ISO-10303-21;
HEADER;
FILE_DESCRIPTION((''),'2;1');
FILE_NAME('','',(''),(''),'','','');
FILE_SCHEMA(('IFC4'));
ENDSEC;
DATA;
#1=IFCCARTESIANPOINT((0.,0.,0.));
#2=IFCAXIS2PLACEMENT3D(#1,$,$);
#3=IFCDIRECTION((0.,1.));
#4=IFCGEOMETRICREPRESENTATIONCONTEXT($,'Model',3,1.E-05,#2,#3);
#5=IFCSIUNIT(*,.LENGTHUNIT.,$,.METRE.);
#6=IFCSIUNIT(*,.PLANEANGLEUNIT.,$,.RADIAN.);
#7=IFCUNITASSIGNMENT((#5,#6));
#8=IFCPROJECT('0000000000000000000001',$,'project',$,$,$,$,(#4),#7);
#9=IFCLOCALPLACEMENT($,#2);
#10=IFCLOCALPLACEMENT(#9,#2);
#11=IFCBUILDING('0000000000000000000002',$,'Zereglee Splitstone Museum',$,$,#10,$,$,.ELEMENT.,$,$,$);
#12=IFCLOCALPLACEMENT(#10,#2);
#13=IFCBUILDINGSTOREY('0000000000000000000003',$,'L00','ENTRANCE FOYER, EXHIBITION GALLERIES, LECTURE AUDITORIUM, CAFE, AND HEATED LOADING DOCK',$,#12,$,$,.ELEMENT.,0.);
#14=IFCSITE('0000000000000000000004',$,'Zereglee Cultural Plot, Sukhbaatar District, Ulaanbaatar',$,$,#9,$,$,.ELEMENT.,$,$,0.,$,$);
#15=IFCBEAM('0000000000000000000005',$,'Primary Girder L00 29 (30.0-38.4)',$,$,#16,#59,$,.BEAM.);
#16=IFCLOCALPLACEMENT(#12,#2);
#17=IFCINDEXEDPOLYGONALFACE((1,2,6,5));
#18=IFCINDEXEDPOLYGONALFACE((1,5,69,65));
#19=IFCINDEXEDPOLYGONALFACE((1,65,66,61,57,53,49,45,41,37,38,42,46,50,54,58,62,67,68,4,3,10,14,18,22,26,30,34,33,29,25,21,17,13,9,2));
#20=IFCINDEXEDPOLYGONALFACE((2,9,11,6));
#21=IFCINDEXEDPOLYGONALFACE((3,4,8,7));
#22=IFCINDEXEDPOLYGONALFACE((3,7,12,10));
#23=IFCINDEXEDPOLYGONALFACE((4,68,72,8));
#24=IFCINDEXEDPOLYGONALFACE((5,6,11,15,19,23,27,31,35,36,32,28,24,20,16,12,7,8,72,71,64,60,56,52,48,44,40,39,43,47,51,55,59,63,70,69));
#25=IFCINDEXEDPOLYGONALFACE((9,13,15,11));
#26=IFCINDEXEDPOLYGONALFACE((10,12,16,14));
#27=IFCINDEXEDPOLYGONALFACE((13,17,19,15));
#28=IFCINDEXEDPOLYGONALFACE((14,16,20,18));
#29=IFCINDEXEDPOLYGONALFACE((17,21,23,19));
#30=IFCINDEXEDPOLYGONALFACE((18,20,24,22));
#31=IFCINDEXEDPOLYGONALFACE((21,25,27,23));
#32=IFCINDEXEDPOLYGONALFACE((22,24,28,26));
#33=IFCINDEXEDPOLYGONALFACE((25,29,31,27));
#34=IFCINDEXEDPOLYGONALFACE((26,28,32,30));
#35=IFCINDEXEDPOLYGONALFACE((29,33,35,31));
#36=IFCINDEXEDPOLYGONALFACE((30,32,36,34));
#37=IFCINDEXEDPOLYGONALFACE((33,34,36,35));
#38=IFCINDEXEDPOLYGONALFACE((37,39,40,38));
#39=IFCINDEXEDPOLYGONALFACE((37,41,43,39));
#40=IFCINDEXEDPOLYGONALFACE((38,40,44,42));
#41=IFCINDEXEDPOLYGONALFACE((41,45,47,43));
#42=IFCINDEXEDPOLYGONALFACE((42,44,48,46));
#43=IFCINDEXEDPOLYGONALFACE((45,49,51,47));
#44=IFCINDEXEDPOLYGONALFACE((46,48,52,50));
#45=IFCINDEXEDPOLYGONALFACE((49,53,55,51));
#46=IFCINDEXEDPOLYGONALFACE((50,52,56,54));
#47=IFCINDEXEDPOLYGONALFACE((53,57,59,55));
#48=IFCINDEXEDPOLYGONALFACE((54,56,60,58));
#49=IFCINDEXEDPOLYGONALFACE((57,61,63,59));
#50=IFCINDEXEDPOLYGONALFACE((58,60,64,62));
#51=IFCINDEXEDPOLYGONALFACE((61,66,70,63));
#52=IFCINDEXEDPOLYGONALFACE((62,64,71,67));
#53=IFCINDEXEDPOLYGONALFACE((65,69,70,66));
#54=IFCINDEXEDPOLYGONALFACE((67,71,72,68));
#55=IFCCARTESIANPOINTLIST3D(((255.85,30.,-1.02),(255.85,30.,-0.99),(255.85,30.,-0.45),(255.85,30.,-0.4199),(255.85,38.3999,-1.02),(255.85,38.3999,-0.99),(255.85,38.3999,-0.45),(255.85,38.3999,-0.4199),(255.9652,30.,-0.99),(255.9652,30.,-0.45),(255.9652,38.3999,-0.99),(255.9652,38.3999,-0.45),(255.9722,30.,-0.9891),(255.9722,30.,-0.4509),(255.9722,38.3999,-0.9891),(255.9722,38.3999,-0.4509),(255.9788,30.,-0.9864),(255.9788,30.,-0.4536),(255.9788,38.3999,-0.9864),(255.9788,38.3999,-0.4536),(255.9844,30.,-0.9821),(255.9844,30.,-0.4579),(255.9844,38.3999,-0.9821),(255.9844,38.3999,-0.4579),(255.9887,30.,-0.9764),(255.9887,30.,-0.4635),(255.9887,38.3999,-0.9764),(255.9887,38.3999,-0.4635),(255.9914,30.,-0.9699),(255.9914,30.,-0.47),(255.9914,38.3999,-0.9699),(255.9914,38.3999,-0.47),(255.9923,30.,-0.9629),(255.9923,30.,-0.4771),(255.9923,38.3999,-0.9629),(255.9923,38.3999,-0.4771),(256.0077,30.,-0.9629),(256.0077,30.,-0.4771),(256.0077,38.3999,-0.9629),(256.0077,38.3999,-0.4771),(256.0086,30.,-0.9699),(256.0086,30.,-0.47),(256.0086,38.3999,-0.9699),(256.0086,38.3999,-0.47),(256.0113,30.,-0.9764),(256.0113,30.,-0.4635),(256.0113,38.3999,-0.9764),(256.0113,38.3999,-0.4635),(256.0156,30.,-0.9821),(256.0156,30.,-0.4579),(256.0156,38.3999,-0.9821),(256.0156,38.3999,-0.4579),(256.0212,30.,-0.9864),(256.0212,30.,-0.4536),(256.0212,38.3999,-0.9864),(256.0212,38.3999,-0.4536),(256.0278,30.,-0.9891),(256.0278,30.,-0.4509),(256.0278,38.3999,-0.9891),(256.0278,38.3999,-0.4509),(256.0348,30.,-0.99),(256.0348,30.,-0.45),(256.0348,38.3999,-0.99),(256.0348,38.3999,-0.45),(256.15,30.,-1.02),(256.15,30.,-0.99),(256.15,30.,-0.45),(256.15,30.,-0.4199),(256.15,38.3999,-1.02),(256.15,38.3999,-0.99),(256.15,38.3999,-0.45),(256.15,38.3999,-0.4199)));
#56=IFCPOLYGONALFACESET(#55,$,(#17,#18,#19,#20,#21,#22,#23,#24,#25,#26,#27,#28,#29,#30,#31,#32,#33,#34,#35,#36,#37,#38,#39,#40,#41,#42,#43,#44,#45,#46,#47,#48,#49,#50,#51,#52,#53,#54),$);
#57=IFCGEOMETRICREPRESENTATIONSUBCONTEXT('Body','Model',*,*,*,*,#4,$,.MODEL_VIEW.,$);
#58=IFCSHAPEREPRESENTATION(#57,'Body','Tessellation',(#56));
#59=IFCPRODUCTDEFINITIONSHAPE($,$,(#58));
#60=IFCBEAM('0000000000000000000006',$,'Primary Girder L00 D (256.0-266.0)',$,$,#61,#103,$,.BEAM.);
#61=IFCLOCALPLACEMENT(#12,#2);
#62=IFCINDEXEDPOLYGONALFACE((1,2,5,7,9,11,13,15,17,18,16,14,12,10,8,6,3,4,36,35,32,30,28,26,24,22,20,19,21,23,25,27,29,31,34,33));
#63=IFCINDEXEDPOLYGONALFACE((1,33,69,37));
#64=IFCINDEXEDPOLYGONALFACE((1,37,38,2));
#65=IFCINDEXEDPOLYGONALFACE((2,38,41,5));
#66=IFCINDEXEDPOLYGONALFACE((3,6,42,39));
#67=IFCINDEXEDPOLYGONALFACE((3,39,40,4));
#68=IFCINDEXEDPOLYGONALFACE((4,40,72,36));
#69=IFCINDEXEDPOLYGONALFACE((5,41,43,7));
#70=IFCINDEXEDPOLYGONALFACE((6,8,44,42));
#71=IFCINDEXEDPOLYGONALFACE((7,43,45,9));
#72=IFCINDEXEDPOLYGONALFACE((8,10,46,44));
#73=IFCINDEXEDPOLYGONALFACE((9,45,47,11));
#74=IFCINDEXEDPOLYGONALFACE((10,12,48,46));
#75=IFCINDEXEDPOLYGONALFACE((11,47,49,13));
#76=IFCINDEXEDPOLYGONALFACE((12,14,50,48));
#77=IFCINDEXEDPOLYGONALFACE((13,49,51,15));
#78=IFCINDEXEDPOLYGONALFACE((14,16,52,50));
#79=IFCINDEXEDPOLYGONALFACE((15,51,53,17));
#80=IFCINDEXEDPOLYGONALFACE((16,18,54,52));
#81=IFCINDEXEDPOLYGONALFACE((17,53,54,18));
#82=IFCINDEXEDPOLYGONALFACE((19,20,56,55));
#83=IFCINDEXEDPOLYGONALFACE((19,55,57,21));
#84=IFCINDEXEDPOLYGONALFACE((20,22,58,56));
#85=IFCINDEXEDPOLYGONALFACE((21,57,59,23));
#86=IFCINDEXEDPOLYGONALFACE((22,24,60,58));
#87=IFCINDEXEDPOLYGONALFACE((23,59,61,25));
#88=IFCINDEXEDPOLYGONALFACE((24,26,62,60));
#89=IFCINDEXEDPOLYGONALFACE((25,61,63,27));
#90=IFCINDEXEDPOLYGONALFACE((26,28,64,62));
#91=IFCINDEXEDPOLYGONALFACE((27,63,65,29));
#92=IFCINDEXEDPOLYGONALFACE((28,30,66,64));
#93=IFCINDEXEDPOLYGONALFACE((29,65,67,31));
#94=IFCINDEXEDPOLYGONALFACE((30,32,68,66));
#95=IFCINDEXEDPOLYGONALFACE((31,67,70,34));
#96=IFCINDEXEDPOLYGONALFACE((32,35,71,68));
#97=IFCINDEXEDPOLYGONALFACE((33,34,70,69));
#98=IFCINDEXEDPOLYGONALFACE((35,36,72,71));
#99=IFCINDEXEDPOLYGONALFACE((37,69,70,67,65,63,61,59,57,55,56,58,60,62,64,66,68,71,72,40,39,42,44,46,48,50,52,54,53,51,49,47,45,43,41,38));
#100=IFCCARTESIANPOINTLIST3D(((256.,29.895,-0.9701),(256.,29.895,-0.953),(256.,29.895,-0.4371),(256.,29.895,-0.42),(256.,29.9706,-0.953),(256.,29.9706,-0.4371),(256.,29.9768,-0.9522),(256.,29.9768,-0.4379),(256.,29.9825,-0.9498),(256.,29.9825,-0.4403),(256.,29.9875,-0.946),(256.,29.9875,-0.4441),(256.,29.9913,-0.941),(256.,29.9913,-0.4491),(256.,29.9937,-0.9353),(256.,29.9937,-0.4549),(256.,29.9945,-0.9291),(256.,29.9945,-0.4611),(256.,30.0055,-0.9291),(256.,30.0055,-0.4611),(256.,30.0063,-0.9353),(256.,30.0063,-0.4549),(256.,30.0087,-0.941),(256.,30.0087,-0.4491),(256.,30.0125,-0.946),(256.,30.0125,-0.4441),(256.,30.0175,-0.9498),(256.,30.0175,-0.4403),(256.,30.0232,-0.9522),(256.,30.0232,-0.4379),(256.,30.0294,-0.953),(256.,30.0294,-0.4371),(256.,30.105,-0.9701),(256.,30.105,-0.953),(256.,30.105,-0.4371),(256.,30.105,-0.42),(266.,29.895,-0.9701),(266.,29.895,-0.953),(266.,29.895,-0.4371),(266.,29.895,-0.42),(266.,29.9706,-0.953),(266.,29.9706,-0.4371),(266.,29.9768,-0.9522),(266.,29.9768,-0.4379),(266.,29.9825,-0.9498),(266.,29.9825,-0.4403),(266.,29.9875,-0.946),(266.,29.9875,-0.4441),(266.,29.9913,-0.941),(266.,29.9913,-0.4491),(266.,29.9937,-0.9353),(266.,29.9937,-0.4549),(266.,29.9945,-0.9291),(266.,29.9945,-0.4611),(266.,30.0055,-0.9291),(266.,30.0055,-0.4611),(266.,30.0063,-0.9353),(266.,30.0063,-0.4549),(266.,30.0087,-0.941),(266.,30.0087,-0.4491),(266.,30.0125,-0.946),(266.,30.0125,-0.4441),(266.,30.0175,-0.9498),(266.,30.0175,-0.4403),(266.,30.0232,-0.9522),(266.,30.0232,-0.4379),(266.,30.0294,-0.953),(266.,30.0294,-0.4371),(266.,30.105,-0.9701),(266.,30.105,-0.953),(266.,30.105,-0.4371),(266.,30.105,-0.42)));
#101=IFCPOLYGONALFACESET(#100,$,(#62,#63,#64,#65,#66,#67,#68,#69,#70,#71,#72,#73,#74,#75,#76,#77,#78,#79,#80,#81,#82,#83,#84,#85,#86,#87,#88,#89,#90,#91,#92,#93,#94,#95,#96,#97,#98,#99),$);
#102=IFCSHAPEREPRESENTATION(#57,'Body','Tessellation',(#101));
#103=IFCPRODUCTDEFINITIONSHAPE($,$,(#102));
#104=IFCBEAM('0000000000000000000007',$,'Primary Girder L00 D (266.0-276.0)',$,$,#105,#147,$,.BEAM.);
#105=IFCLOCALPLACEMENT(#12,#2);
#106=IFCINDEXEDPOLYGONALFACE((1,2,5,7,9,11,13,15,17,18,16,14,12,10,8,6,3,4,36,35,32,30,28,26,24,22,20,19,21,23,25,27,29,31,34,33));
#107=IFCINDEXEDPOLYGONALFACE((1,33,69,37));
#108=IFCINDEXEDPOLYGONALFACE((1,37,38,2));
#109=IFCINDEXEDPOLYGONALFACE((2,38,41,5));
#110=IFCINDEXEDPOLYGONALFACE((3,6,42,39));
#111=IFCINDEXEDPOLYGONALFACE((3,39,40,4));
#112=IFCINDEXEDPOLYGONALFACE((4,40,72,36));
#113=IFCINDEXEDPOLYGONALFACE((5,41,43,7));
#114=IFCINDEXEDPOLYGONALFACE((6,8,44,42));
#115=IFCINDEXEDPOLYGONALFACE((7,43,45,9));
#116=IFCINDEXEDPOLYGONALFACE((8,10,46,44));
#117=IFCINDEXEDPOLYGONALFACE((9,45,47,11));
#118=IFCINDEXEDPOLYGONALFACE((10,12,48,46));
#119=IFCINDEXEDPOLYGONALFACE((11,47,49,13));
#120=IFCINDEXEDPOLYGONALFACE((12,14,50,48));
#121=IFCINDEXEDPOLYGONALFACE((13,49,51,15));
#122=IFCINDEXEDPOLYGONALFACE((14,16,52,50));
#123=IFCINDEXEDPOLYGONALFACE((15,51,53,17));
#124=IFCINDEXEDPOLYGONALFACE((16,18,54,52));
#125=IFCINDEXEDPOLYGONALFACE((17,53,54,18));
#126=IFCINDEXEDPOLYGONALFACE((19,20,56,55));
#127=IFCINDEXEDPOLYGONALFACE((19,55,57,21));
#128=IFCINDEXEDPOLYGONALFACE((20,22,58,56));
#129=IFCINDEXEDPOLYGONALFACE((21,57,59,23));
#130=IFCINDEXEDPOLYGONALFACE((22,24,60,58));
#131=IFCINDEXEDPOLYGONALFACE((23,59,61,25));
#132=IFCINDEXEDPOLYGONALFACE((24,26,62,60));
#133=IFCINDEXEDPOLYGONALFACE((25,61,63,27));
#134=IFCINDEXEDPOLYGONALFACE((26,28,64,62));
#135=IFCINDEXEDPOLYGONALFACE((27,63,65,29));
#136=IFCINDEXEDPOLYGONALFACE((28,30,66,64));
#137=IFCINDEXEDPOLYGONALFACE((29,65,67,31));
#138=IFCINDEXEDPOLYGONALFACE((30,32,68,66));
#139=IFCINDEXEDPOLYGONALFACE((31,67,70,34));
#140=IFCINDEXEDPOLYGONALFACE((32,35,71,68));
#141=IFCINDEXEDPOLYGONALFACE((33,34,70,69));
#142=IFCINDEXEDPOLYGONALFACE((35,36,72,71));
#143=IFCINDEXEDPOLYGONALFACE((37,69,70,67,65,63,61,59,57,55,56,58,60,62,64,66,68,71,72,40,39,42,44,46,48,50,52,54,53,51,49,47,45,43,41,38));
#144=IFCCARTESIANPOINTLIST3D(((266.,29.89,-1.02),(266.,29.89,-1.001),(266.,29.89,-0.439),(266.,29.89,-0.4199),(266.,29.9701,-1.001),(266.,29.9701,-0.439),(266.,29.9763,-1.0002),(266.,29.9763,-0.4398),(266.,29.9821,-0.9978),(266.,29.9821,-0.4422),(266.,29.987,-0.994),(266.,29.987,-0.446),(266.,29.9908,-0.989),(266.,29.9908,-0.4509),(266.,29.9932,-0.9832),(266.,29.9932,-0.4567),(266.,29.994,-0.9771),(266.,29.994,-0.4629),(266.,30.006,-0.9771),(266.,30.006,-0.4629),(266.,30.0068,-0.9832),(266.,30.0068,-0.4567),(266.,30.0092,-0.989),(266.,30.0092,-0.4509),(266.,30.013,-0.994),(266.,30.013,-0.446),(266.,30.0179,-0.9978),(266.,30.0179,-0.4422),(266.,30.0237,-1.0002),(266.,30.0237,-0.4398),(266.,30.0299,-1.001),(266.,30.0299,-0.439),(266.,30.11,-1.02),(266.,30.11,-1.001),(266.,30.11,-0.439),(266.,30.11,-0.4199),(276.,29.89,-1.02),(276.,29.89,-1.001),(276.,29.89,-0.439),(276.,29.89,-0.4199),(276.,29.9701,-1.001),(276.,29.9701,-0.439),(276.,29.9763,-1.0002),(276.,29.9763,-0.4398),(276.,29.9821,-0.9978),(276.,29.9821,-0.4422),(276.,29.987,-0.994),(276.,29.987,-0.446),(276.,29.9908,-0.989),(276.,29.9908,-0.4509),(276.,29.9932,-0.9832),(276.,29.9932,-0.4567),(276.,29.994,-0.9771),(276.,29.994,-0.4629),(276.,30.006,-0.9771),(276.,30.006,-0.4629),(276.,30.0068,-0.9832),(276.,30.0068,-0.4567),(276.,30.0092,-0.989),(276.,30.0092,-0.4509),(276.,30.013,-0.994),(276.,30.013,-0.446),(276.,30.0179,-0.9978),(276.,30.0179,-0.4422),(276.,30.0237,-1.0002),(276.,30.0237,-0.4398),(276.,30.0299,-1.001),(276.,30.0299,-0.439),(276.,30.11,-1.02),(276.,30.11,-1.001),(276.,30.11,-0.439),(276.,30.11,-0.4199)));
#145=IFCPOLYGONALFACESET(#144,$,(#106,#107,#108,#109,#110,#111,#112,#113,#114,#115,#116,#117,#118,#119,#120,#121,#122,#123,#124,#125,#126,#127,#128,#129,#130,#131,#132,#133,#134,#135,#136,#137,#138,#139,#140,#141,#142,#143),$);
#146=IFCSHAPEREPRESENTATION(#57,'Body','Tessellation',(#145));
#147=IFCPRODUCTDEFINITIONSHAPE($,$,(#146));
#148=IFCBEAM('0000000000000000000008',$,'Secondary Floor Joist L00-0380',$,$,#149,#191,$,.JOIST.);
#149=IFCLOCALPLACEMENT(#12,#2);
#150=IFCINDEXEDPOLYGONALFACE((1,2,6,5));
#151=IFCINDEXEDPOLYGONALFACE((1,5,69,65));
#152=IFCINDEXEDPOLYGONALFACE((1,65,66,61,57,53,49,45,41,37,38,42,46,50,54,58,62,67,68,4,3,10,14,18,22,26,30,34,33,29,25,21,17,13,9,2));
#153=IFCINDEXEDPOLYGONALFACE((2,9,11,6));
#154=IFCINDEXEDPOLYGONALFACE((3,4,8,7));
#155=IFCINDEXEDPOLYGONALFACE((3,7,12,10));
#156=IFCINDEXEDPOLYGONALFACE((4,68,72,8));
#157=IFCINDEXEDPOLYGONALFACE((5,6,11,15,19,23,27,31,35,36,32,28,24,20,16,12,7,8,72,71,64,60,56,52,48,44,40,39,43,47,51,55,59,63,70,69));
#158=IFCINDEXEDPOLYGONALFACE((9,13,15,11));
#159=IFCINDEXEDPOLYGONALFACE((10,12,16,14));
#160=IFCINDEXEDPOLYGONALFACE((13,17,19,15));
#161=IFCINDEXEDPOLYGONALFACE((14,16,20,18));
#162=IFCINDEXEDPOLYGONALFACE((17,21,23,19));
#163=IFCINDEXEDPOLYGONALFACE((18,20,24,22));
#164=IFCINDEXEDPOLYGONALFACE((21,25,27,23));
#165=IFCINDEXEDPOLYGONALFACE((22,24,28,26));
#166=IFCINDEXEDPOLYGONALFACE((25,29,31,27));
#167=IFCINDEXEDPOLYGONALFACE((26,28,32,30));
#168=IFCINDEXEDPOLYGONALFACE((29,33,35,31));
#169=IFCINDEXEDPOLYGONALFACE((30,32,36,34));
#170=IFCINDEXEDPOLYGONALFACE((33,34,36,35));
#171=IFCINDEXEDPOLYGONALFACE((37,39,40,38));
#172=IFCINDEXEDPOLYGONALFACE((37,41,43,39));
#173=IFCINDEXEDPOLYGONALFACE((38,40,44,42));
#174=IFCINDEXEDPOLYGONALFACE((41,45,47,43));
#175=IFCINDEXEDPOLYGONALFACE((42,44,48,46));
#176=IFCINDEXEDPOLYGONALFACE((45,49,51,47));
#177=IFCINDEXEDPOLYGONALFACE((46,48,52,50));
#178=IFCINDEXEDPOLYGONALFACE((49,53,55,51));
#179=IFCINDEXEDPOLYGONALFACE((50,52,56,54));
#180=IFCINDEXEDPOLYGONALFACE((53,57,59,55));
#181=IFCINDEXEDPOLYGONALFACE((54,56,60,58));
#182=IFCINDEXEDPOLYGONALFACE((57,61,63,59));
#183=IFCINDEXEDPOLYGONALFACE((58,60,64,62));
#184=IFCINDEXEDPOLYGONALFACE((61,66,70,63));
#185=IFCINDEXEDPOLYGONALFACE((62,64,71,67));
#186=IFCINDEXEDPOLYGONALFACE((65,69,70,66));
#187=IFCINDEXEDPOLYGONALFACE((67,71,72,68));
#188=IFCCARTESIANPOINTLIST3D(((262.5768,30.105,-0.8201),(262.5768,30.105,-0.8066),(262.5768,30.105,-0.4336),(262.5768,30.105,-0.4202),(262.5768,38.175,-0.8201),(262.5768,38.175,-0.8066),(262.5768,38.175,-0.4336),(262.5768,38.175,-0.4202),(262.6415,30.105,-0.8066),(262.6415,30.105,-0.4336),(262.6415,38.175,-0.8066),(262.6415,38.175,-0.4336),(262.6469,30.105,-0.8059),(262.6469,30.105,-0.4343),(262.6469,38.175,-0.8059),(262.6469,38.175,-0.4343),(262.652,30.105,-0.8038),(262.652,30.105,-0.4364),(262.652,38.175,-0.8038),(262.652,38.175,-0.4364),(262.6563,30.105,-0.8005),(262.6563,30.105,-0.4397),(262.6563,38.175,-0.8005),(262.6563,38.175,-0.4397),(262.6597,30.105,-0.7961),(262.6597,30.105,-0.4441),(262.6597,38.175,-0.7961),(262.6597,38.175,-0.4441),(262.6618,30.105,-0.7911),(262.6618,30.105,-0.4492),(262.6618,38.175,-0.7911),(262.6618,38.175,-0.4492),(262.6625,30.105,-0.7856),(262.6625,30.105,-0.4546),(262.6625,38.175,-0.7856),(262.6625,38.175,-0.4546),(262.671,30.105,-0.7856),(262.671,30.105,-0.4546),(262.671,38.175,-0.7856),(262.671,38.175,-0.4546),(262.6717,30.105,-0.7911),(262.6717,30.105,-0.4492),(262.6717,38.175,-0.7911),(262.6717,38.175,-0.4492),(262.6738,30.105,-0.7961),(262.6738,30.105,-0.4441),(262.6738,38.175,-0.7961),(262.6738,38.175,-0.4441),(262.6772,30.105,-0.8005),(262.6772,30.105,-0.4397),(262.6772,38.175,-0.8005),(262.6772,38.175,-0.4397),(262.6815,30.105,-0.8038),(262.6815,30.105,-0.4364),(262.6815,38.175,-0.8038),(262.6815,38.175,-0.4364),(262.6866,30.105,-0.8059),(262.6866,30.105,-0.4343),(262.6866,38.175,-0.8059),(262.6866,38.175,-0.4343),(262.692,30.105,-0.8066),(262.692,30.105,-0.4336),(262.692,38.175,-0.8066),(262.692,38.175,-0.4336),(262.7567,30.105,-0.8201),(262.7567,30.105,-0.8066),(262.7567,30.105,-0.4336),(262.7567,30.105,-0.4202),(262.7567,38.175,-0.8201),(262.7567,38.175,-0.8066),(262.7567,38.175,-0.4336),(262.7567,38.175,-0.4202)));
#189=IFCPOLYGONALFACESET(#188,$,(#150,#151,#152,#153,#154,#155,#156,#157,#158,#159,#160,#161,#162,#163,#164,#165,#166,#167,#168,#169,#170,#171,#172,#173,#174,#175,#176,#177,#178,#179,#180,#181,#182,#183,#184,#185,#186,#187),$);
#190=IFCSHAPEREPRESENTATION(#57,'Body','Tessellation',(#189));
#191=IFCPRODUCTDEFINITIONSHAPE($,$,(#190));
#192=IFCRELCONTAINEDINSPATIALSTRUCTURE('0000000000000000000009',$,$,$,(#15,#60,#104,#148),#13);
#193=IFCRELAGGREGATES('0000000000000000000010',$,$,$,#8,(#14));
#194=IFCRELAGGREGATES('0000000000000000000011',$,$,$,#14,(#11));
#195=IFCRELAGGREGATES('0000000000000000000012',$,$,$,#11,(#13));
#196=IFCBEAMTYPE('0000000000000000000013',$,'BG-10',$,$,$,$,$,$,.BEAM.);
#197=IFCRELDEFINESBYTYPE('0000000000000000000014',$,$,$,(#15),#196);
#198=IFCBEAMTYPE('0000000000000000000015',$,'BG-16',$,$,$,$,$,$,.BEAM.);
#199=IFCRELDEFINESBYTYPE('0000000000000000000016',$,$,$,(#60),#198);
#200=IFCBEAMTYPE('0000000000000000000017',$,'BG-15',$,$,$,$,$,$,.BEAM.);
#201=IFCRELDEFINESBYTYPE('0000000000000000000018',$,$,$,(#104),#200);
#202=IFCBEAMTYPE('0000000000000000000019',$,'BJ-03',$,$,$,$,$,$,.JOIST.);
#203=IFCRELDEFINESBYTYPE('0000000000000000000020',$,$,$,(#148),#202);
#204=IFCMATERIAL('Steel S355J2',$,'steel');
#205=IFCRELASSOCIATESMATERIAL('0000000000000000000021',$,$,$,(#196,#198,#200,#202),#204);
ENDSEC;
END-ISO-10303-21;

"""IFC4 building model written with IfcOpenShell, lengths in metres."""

from ifc_helpers import new_model, si_unit, direction, frame, origin, origin_2d, place, context, subcontext, project, spatial, i_section, extrude, material, material_profile, profile_set, type_object, element, save


model = new_model("IFC4")

# Units and contexts
model_context = context("Model", 3, precision=1e-05, world=origin(), true_north=direction((0.0, 1.0)))
body_context = subcontext(model_context, "Body", "Model", "MODEL_VIEW")
ifc_project = project(units=[si_unit("LENGTHUNIT", "METRE"), si_unit("PLANEANGLEUNIT", "RADIAN")], contexts=[model_context])

# Site, building, storey
site_placement = place(None, origin())
site = spatial("IfcSite", under=ifc_project, at=site_placement, Name="Zereglee Cultural Plot, Sukhbaatar District, Ulaanbaatar", CompositionType="ELEMENT", RefElevation=0.0)
building_placement = place(site_placement, origin())
building = spatial("IfcBuilding", under=site, at=building_placement, Name="Zereglee Splitstone Museum", CompositionType="ELEMENT")
storey_placement = place(building_placement, origin())
storey = spatial("IfcBuildingStorey", under=building, at=storey_placement, Name="L00", Description="ENTRANCE FOYER, EXHIBITION GALLERIES, LECTURE AUDITORIUM, CAFE, AND HEATED LOADING DOCK", CompositionType="ELEMENT", Elevation=0.0)

# Beams
ifc_material_1 = material(Name="Steel S355J2", Category="steel")
ifc_material_profile_1 = material_profile(ifc_material_1, i_section(OverallWidth=0.3, OverallDepth=0.6001, WebThickness=0.0154, FlangeThickness=0.03, FilletRadius=0.0271, at=origin_2d()), Name="HE 600 B")
ifc_profile_set_1 = profile_set([ifc_material_profile_1], Name="Steel S355J2")
beam_type_1 = type_object("IfcBeamType", Name="BG-10", PredefinedType="BEAM", material=ifc_profile_set_1)
beam_1_placement = place(storey_placement, frame((256.0, 30.0, -0.72), z_axis=(0.0, 1.0, 0.0), x_axis=(-1.0, 0.0, 0.0)))
element("IfcBeam", 1, at=beam_1_placement, inside=storey, type_object=beam_type_1, Name="Primary Girder L00 29 (30.0-38.4)", PredefinedType="BEAM", context=body_context, shape_type="SweptSolid", body=[
    extrude(i_section(OverallWidth=0.3, OverallDepth=0.6001, WebThickness=0.0154, FlangeThickness=0.03, FilletRadius=0.0271, at=origin_2d()), origin(), (0.0, 0.0, 1.0), 8.3999),
])
ifc_material_profile_2 = material_profile(ifc_material_1, i_section(OverallWidth=0.21, OverallDepth=0.55, WebThickness=0.011, FlangeThickness=0.0171, FilletRadius=0.0239, at=origin_2d()), Name="IPE 550")
ifc_profile_set_2 = profile_set([ifc_material_profile_2], Name="Steel S355J2")
beam_type_2 = type_object("IfcBeamType", Name="BG-16", PredefinedType="BEAM", material=ifc_profile_set_2)
beam_2_placement = place(storey_placement, frame((256.0, 30.0, -0.6951), z_axis=(1.0, 0.0, 0.0), x_axis=(0.0, 1.0, 0.0)))
element("IfcBeam", 2, at=beam_2_placement, inside=storey, type_object=beam_type_2, Name="Primary Girder L00 D (256.0-266.0)", PredefinedType="BEAM", context=body_context, shape_type="SweptSolid", body=[
    extrude(i_section(OverallWidth=0.21, OverallDepth=0.55, WebThickness=0.011, FlangeThickness=0.0171, FilletRadius=0.0239, at=origin_2d()), origin(), (0.0, 0.0, 1.0), 10.0),
])
ifc_material_profile_3 = material_profile(ifc_material_1, i_section(OverallWidth=0.22, OverallDepth=0.6001, WebThickness=0.012, FlangeThickness=0.019, FilletRadius=0.0239, at=origin_2d()), Name="IPE 600")
ifc_profile_set_3 = profile_set([ifc_material_profile_3], Name="Steel S355J2")
beam_type_3 = type_object("IfcBeamType", Name="BG-15", PredefinedType="BEAM", material=ifc_profile_set_3)
beam_3_placement = place(storey_placement, frame((266.0, 30.0, -0.72), z_axis=(1.0, 0.0, 0.0), x_axis=(0.0, 1.0, 0.0)))
element("IfcBeam", 3, at=beam_3_placement, inside=storey, type_object=beam_type_3, Name="Primary Girder L00 D (266.0-276.0)", PredefinedType="BEAM", context=body_context, shape_type="SweptSolid", body=[
    extrude(i_section(OverallWidth=0.22, OverallDepth=0.6001, WebThickness=0.012, FlangeThickness=0.019, FilletRadius=0.0239, at=origin_2d()), origin(), (0.0, 0.0, 1.0), 10.0),
])
ifc_material_profile_4 = material_profile(ifc_material_1, i_section(OverallWidth=0.1799, OverallDepth=0.3999, WebThickness=0.0085, FlangeThickness=0.0134, FilletRadius=0.021, at=origin_2d()), Name="IPE 400")
ifc_profile_set_4 = profile_set([ifc_material_profile_4], Name="Steel S355J2")
beam_type_4 = type_object("IfcBeamType", Name="BJ-03", PredefinedType="JOIST", material=ifc_profile_set_4)
beam_4_placement = place(storey_placement, frame((262.6667, 30.105, -0.6201), z_axis=(0.0, 1.0, 0.0), x_axis=(-1.0, 0.0, 0.0)))
element("IfcBeam", 4, at=beam_4_placement, inside=storey, type_object=beam_type_4, Name="Secondary Floor Joist L00-0380", PredefinedType="JOIST", context=body_context, shape_type="SweptSolid", body=[
    extrude(i_section(OverallWidth=0.1799, OverallDepth=0.3999, WebThickness=0.0085, FlangeThickness=0.0134, FilletRadius=0.021, at=origin_2d()), origin(), (0.0, 0.0, 1.0), 8.0701),
])

save(model, "model.ifc")
